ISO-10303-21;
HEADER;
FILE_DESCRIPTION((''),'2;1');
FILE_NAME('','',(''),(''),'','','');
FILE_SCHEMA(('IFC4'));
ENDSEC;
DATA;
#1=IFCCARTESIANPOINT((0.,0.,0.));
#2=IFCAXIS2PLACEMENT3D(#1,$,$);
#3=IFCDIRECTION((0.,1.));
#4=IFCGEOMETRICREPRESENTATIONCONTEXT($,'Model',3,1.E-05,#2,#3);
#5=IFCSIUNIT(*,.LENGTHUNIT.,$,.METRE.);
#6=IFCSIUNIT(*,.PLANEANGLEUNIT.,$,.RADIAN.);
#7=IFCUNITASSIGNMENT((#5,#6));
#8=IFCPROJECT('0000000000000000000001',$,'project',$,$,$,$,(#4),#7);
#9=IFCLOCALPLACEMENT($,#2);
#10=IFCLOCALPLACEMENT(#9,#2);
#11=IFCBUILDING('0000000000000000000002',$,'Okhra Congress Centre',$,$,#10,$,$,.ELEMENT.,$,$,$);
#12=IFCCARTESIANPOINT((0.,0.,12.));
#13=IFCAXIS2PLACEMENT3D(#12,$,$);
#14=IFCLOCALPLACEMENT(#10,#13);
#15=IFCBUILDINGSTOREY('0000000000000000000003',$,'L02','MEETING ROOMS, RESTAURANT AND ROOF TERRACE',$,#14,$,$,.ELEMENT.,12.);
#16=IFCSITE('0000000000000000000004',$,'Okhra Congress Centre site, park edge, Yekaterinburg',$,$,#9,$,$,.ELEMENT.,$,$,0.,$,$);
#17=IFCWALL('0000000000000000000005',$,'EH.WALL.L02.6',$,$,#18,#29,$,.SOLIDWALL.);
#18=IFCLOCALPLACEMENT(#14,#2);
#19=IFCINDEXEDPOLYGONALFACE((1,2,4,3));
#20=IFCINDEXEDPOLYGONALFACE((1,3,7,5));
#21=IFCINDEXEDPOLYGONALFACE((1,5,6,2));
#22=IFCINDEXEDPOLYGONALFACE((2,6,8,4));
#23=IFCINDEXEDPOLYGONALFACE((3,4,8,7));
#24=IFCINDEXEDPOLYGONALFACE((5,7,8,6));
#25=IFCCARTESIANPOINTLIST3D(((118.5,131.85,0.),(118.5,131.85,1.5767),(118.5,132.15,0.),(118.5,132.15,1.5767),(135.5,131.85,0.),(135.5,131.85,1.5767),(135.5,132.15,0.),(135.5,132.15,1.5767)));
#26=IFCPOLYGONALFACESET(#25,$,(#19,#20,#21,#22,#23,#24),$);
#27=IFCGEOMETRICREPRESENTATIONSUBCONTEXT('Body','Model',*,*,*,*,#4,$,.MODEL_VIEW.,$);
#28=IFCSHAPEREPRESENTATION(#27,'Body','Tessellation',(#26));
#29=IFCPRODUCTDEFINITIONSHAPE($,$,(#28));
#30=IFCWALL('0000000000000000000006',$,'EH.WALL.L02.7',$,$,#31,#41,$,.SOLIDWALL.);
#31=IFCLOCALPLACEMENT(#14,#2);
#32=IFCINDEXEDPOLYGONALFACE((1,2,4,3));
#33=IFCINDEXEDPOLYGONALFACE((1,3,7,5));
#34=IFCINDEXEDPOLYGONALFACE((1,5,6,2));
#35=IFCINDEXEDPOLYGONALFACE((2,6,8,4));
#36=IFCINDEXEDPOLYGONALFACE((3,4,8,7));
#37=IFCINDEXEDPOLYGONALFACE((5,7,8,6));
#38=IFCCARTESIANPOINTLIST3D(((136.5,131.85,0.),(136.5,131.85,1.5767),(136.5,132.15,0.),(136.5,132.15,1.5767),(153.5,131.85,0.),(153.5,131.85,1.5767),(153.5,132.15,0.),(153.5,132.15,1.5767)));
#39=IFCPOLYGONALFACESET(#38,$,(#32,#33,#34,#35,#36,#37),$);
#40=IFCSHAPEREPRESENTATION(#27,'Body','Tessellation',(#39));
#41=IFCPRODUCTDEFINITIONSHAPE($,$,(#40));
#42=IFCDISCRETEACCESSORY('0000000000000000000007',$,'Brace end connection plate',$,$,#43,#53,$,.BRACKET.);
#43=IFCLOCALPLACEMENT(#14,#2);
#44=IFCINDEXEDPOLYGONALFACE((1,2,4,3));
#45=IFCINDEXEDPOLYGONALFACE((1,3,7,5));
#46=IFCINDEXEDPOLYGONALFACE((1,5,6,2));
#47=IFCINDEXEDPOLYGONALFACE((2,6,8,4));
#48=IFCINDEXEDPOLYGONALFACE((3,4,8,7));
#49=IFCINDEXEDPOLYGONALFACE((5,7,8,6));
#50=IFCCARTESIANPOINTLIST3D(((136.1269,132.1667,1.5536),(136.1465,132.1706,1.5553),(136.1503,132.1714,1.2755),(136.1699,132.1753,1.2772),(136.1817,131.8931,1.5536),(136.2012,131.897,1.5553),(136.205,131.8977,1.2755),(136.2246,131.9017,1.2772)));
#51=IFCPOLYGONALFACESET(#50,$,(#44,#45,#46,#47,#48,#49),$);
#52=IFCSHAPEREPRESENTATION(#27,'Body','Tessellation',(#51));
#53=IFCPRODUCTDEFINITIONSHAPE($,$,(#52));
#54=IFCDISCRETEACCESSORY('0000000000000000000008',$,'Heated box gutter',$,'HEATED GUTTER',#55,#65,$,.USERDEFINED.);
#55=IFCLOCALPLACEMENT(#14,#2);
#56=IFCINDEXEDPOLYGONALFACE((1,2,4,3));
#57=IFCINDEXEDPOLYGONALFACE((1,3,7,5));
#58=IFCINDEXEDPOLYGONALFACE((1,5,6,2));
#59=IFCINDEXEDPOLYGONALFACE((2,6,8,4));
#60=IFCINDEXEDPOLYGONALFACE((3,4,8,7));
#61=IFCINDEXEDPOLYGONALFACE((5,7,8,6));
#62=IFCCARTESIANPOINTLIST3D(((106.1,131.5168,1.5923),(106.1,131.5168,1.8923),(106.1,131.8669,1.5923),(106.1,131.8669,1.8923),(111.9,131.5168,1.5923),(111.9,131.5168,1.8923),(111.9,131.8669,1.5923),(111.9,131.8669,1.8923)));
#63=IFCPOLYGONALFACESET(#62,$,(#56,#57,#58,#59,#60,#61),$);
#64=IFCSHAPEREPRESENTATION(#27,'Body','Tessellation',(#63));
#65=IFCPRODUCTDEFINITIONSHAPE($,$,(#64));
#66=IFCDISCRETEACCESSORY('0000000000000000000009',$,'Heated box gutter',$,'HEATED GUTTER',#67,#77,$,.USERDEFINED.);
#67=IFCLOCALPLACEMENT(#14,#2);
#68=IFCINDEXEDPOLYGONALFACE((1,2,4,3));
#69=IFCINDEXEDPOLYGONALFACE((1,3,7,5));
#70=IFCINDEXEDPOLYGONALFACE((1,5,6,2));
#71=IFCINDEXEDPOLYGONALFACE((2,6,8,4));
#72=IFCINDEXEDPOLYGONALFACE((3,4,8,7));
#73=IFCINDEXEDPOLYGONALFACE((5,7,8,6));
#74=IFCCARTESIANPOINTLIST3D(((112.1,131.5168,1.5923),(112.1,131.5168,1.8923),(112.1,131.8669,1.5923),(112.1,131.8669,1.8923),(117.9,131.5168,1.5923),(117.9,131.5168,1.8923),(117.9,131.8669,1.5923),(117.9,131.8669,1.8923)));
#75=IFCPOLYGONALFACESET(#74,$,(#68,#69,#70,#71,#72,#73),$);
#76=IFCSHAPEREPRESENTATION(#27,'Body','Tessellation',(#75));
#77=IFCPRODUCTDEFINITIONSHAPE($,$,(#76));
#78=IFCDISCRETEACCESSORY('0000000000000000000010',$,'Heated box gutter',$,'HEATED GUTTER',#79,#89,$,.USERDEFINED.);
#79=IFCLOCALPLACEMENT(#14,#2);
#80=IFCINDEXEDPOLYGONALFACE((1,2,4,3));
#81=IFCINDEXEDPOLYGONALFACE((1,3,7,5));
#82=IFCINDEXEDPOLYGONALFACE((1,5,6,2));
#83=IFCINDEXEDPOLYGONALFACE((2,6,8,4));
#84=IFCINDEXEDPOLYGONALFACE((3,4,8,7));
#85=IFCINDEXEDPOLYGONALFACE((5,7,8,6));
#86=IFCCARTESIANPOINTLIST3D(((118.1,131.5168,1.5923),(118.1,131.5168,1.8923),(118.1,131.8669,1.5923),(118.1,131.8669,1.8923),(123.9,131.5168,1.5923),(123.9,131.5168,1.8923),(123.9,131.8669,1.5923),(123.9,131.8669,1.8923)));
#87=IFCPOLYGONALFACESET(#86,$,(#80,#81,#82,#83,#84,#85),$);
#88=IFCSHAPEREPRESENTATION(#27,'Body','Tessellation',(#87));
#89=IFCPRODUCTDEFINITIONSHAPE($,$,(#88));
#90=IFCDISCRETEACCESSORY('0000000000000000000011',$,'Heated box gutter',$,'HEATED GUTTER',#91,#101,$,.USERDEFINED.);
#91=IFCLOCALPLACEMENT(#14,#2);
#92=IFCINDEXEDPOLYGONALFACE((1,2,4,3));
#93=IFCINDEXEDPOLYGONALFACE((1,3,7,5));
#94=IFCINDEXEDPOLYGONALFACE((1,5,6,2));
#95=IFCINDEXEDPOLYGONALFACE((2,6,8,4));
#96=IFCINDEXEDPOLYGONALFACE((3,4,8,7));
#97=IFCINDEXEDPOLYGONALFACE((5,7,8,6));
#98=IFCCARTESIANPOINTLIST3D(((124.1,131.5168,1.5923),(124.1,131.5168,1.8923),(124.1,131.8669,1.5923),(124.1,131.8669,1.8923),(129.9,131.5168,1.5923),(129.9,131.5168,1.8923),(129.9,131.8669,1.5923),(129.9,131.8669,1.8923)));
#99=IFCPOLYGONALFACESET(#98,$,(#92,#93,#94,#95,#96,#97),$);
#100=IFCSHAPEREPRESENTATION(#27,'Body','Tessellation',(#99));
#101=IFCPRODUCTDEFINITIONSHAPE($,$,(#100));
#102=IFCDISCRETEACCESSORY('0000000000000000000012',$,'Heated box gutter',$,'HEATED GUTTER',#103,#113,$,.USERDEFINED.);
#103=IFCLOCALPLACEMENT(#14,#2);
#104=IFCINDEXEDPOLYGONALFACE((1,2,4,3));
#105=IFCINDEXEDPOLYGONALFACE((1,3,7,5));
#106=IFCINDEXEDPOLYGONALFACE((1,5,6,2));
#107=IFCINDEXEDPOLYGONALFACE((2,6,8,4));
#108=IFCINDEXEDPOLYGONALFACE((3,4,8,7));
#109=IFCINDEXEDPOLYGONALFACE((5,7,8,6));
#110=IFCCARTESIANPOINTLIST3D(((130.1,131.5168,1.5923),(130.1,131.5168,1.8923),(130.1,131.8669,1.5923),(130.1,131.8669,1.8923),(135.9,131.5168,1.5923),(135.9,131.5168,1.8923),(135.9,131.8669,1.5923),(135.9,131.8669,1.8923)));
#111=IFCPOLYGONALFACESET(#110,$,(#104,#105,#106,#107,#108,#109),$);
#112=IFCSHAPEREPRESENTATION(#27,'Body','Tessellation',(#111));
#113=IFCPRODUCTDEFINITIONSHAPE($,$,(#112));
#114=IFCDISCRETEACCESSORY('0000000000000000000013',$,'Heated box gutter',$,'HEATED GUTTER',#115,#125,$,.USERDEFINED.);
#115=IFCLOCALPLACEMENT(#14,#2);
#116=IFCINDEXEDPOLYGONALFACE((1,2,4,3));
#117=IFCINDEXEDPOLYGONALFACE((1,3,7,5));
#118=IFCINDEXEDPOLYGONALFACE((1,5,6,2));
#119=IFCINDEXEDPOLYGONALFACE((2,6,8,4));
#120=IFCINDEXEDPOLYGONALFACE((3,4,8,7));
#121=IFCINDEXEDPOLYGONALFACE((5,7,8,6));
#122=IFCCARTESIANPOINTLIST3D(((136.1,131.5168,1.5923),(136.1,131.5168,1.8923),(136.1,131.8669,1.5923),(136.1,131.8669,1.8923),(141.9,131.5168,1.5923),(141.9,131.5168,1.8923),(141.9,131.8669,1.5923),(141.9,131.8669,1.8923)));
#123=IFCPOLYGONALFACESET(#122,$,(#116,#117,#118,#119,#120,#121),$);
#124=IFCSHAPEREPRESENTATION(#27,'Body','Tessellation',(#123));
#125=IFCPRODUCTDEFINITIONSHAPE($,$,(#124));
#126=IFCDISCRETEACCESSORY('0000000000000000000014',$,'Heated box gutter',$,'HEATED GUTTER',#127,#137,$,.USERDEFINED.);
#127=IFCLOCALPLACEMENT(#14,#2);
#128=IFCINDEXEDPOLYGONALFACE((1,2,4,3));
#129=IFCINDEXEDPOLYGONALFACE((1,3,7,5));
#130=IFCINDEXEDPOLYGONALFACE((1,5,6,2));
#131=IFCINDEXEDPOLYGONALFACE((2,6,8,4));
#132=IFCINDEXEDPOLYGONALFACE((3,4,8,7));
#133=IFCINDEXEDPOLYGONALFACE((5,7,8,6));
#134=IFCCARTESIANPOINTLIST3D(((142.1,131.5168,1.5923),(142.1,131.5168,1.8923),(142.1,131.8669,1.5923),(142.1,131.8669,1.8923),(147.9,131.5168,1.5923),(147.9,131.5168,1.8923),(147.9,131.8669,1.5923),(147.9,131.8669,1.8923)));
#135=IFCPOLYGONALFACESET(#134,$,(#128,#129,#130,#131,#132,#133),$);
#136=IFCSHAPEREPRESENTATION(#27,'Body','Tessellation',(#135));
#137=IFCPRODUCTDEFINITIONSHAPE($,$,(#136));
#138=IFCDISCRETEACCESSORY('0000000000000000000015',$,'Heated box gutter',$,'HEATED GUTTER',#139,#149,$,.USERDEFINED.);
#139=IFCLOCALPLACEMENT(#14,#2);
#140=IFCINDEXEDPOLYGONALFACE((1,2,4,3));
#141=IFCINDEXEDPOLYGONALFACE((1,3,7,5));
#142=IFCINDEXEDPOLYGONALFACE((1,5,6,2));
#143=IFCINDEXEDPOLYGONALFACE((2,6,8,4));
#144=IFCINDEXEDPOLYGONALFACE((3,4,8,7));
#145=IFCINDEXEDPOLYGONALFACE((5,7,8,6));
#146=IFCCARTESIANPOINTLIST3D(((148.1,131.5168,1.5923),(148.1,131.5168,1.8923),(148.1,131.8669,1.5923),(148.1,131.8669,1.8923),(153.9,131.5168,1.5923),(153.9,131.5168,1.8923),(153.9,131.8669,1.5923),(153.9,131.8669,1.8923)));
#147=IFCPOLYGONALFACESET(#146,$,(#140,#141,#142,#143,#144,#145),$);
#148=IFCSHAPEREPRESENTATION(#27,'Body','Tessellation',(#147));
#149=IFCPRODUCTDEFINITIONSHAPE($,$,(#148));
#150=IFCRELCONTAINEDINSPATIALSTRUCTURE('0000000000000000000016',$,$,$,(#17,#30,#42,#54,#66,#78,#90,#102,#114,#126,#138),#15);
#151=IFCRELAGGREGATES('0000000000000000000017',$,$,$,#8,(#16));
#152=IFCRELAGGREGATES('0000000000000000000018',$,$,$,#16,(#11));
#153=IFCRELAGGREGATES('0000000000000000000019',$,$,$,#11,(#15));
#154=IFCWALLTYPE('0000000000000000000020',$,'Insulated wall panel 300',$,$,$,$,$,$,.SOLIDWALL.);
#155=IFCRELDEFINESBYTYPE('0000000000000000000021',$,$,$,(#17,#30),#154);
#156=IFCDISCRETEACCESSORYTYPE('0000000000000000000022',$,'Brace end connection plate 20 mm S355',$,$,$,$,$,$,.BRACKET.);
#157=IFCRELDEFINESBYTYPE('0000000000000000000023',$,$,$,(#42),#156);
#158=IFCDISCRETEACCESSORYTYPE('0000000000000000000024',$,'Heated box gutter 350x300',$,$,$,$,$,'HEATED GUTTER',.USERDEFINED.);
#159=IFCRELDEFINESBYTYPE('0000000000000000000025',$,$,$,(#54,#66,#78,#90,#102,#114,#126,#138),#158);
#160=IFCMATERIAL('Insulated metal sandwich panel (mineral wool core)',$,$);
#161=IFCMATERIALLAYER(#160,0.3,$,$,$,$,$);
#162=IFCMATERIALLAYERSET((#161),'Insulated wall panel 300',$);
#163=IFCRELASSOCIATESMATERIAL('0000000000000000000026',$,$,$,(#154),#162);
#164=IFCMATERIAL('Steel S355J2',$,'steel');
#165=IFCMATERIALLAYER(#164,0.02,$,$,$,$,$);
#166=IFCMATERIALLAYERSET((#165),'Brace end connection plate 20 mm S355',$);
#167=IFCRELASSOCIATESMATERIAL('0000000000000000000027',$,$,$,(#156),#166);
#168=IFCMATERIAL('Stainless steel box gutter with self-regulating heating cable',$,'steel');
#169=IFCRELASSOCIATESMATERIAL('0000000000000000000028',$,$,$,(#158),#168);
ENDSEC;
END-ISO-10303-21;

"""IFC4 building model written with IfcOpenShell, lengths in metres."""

from ifc_helpers import new_model, si_unit, direction, frame, frame_2d, origin, origin_2d, place, context, subcontext, project, spatial, rectangle, extrude, material, layer, layer_set, type_object, element, save


model = new_model("IFC4")

# Units and contexts
model_context = context("Model", 3, precision=1e-05, world=origin(), true_north=direction((0.0, 1.0)))
body_context = subcontext(model_context, "Body", "Model", "MODEL_VIEW")
ifc_project = project(units=[si_unit("LENGTHUNIT", "METRE"), si_unit("PLANEANGLEUNIT", "RADIAN")], contexts=[model_context])

# Site, building, storey
site_placement = place(None, origin())
site = spatial("IfcSite", under=ifc_project, at=site_placement, Name="Okhra Congress Centre site, park edge, Yekaterinburg", CompositionType="ELEMENT", RefElevation=0.0)
building_placement = place(site_placement, origin())
building = spatial("IfcBuilding", under=site, at=building_placement, Name="Okhra Congress Centre", CompositionType="ELEMENT")
storey_placement = place(building_placement, frame((0.0, 0.0, 12.0)))
storey = spatial("IfcBuildingStorey", under=building, at=storey_placement, Name="L02", Description="MEETING ROOMS, RESTAURANT AND ROOF TERRACE", CompositionType="ELEMENT", Elevation=12.0)

# Shared definitions
ifc_material_1 = material(Name="Steel S355J2", Category="steel")

# Walls
ifc_material_2 = material(Name="Insulated metal sandwich panel (mineral wool core)")
ifc_layer_1 = layer(ifc_material_2, 0.3)
ifc_layer_set_1 = layer_set([ifc_layer_1], Name="Insulated wall panel 300")
wall_type_1 = type_object("IfcWallType", Name="Insulated wall panel 300", PredefinedType="SOLIDWALL", material=ifc_layer_set_1)
for number, where, z_axis, x_axis, name in (
    (1, (118.5, 132.0, 0.0), (0.0, 0.0, 1.0), (1.0, 0.0, 0.0), "EH.WALL.L02.6"),
    (2, (136.5, 132.0, 0.0), (0.0, 0.0, 1.0), (1.0, 0.0, 0.0), "EH.WALL.L02.7"),
):
    element("IfcWall", number, at=place(storey_placement, frame(where, z_axis=z_axis, x_axis=x_axis)), inside=storey, type_object=wall_type_1, Name=name, PredefinedType="SOLIDWALL", context=body_context, shape_type="SweptSolid", body=[
        extrude(rectangle(XDim=17.0, YDim=0.3, at=frame_2d((8.5, 0.0))), origin(), (0.0, 0.0, 1.0), 1.5767),
    ])

# Discrete accessories
ifc_layer_2 = layer(ifc_material_1, 0.02)
ifc_layer_set_2 = layer_set([ifc_layer_2], Name="Brace end connection plate 20 mm S355")
discrete_accessory_type_1 = type_object("IfcDiscreteAccessoryType", Name="Brace end connection plate 20 mm S355", PredefinedType="BRACKET", material=ifc_layer_set_2)
discrete_accessory_placement = place(storey_placement, frame((136.1855, 132.0361, 1.4163), z_axis=(-0.976991, -0.195398, -0.085487), x_axis=(0.196116, -0.980581, 0.0)))
element("IfcDiscreteAccessory", 3, at=discrete_accessory_placement, inside=storey, type_object=discrete_accessory_type_1, Name="Brace end connection plate", PredefinedType="BRACKET", context=body_context, shape_type="SweptSolid", body=[
    extrude(rectangle(XDim=0.2791, YDim=0.2791, at=origin_2d()), origin(), (0.0, 0.0, 1.0), 0.02),
])
ifc_material_3 = material(Name="Stainless steel box gutter with self-regulating heating cable", Category="steel")
discrete_accessory_type_2 = type_object("IfcDiscreteAccessoryType", Name="Heated box gutter 350x300", ElementType="HEATED GUTTER", PredefinedType="USERDEFINED", material=ifc_material_3)
for number, where, z_axis, x_axis, name in (
    (4, (109.0, 131.6919, 1.5923), (0.0, 0.0, 1.0), (1.0, 0.0, 0.0), "Heated box gutter"),
    (5, (115.0, 131.6919, 1.5923), (0.0, 0.0, 1.0), (1.0, 0.0, 0.0), "Heated box gutter"),
    (6, (121.0, 131.6919, 1.5923), (0.0, 0.0, 1.0), (1.0, 0.0, 0.0), "Heated box gutter"),
    (7, (127.0, 131.6919, 1.5923), (0.0, 0.0, 1.0), (1.0, 0.0, 0.0), "Heated box gutter"),
    (8, (133.0, 131.6919, 1.5923), (0.0, 0.0, 1.0), (1.0, 0.0, 0.0), "Heated box gutter"),
    (9, (139.0, 131.6919, 1.5923), (0.0, 0.0, 1.0), (1.0, 0.0, 0.0), "Heated box gutter"),
    (10, (145.0, 131.6919, 1.5923), (0.0, 0.0, 1.0), (1.0, 0.0, 0.0), "Heated box gutter"),
    (11, (151.0, 131.6919, 1.5923), (0.0, 0.0, 1.0), (1.0, 0.0, 0.0), "Heated box gutter"),
):
    element("IfcDiscreteAccessory", number, at=place(storey_placement, frame(where, z_axis=z_axis, x_axis=x_axis)), inside=storey, type_object=discrete_accessory_type_2, Name=name, ObjectType="HEATED GUTTER", PredefinedType="USERDEFINED", context=body_context, shape_type="SweptSolid", body=[
        extrude(rectangle(XDim=5.8, YDim=0.3501, at=origin_2d()), origin(), (0.0, 0.0, 1.0), 0.3),
    ])

save(model, "model.ifc")
